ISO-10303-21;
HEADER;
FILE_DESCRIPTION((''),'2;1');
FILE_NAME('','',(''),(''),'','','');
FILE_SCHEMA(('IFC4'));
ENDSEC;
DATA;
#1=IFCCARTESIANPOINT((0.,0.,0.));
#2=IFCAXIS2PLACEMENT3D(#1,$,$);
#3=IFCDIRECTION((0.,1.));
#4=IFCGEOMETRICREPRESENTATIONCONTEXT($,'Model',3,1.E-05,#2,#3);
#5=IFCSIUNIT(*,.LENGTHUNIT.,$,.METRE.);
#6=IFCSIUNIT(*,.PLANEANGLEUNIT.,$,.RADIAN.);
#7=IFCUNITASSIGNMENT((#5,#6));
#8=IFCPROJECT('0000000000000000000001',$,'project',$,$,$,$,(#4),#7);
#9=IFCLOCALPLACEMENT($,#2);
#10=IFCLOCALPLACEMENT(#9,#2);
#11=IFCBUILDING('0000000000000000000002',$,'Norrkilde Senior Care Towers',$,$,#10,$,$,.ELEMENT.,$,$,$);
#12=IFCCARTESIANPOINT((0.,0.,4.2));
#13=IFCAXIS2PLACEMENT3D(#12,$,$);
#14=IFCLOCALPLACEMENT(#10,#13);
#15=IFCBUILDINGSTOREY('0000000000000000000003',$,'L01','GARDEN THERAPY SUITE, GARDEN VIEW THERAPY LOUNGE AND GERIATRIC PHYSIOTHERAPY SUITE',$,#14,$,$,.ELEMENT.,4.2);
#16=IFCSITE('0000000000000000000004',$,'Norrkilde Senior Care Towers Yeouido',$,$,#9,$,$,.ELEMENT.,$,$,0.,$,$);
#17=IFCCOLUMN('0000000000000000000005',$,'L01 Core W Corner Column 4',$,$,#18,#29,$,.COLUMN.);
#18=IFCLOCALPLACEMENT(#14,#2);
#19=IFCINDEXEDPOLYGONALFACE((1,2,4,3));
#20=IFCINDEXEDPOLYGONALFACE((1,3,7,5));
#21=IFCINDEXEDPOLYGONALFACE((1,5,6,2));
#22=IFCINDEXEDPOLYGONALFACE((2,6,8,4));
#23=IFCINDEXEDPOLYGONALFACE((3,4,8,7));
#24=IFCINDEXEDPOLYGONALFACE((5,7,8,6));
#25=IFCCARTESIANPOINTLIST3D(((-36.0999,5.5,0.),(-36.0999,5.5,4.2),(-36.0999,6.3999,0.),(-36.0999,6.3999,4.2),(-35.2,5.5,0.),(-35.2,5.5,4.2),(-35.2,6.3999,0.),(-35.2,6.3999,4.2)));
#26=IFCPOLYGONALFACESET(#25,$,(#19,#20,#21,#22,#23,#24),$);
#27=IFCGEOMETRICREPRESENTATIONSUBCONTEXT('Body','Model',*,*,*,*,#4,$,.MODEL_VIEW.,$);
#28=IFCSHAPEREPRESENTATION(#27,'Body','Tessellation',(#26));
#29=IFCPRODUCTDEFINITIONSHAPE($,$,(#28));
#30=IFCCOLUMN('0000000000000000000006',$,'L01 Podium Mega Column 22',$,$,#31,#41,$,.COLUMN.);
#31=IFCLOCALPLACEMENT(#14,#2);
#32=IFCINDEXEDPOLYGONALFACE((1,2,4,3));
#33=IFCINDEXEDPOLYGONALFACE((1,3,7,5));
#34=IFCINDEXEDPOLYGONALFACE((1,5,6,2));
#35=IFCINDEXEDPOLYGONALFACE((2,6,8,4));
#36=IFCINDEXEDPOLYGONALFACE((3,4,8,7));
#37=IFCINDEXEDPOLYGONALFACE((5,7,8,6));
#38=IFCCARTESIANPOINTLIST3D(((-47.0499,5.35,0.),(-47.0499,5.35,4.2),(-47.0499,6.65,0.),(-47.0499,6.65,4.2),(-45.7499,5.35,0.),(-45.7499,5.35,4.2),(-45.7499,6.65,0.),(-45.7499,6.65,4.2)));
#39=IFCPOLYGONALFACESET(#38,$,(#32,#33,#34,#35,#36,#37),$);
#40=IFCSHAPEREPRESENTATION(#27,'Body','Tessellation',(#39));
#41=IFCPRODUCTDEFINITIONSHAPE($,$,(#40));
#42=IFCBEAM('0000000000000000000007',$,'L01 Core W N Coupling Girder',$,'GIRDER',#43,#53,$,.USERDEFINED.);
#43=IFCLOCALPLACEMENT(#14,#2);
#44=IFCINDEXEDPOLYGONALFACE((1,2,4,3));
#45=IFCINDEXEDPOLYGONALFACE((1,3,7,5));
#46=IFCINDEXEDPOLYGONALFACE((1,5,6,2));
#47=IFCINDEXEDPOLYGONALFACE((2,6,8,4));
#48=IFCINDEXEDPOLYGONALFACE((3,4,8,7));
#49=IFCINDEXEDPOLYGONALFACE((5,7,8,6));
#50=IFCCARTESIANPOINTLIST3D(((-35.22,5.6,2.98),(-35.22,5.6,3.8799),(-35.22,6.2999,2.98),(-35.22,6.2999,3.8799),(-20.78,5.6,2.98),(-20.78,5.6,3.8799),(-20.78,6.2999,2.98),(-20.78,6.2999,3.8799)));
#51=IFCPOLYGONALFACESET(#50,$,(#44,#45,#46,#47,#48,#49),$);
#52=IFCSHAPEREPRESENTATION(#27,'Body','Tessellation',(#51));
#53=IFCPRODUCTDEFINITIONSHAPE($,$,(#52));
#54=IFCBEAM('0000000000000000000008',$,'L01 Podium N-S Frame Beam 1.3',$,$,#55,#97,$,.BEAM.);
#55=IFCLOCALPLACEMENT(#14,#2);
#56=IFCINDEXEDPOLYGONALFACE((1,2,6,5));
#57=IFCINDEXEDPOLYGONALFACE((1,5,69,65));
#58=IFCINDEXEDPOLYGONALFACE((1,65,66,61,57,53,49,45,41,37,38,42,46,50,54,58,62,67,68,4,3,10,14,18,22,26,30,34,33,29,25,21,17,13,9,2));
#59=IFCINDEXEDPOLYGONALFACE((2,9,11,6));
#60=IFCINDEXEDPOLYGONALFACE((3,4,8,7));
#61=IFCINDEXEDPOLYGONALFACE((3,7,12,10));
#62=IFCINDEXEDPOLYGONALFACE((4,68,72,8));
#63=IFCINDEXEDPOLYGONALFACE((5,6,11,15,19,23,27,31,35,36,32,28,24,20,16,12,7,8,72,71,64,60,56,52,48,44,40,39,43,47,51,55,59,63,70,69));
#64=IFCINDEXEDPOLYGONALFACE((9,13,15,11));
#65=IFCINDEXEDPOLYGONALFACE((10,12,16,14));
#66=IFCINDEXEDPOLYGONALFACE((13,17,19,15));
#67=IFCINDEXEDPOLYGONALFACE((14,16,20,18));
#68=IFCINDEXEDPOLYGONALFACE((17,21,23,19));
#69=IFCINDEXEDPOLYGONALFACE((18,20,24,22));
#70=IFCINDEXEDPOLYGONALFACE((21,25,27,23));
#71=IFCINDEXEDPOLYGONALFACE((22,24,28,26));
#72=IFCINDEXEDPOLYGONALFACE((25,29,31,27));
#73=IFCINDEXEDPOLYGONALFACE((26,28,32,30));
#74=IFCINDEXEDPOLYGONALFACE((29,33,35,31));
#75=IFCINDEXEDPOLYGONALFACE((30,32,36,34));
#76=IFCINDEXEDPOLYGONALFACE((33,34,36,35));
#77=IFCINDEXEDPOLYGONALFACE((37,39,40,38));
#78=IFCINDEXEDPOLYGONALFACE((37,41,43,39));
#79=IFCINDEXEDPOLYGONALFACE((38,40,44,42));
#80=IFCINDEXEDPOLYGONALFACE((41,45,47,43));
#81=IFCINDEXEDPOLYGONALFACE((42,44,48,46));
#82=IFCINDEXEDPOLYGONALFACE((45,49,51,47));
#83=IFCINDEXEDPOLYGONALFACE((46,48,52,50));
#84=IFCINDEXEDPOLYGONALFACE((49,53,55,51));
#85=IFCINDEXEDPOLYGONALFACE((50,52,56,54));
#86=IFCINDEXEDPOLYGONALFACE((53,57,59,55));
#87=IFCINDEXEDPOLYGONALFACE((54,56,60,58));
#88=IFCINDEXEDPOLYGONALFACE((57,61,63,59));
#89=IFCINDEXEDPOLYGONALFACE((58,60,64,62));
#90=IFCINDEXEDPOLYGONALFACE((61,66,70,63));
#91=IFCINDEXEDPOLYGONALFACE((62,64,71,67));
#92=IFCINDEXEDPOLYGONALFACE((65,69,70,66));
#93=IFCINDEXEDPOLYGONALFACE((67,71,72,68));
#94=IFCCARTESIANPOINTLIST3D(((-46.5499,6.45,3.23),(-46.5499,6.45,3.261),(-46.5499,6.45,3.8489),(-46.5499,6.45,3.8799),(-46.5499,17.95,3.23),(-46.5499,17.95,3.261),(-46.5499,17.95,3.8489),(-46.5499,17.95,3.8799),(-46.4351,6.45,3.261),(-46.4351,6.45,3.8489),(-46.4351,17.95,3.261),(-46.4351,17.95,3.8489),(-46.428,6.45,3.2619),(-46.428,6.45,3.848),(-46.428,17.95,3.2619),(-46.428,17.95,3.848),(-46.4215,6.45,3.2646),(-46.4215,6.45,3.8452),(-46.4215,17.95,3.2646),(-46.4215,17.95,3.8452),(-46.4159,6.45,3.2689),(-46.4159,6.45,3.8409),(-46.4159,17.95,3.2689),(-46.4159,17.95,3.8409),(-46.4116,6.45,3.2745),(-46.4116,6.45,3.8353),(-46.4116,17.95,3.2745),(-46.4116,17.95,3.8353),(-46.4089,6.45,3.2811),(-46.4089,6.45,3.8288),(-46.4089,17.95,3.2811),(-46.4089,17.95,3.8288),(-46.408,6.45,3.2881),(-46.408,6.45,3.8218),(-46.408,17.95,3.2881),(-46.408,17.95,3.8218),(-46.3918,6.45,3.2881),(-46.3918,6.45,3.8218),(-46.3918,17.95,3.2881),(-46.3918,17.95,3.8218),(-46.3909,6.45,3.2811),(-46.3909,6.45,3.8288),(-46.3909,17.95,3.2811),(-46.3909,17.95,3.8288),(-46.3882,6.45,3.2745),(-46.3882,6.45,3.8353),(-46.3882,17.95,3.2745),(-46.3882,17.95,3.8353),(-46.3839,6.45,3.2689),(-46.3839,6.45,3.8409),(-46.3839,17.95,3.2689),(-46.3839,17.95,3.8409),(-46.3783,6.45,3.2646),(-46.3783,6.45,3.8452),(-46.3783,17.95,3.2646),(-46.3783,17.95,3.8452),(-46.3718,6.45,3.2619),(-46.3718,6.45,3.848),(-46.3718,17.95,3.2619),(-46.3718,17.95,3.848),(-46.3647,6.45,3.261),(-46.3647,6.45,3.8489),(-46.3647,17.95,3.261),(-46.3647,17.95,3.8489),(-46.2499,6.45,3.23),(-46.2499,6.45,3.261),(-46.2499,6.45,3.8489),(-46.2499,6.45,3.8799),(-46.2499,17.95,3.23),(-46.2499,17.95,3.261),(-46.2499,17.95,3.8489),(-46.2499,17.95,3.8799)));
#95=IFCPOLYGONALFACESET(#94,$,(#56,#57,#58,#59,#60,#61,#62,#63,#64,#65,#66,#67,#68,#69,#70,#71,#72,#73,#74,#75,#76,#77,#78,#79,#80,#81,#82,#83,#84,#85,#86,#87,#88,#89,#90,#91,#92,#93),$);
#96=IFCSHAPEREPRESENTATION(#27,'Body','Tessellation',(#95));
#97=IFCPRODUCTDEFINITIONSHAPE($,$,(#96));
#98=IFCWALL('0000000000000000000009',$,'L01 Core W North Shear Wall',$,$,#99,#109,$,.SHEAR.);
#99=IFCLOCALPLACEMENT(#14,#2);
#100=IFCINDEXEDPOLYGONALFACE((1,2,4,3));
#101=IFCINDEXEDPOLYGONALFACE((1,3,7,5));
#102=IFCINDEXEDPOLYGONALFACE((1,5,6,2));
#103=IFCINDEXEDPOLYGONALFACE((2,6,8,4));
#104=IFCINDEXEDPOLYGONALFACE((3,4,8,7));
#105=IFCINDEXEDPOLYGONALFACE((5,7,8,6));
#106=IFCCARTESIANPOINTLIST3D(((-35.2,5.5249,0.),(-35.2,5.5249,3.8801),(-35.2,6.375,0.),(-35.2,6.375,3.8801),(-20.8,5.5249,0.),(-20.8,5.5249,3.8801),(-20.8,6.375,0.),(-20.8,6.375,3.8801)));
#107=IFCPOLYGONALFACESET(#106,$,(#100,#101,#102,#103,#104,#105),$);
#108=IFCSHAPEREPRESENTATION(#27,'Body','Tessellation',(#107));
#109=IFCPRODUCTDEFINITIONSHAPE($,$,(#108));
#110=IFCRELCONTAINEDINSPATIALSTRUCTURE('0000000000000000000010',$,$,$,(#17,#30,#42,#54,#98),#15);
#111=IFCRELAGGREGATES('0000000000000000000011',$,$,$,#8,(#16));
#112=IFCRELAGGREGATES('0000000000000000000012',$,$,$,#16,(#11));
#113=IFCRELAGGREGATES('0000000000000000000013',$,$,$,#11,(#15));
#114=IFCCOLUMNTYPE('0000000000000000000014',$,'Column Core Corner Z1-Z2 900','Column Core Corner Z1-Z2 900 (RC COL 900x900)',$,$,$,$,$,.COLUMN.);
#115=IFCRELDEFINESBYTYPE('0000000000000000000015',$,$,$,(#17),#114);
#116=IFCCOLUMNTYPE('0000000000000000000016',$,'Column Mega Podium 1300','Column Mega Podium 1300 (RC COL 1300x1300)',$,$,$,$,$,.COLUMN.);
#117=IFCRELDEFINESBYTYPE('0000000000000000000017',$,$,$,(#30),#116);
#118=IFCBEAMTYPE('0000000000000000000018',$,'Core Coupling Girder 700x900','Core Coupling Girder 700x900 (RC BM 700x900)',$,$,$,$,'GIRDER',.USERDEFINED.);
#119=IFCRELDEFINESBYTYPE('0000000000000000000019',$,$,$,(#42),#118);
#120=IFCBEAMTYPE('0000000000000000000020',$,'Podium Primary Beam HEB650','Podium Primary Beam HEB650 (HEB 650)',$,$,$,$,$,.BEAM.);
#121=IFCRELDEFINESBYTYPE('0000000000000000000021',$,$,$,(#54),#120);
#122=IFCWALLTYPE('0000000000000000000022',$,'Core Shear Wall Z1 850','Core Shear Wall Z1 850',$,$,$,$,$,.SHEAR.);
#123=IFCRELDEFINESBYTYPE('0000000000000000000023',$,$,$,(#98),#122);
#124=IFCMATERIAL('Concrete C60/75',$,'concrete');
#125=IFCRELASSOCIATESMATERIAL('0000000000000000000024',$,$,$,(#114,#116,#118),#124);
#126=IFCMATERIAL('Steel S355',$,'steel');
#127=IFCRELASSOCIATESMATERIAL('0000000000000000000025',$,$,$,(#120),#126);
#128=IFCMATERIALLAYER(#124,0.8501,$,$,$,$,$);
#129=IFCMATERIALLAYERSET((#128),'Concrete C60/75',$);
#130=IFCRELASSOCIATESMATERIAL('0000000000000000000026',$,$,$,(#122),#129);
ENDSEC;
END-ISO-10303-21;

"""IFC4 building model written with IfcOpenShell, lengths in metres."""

from ifc_helpers import new_model, si_unit, direction, frame, frame_2d, origin, origin_2d, place, context, subcontext, project, spatial, rectangle, i_section, extrude, source, transform, mapped, material, layer, layer_set, material_profile, profile_set, type_object, type_shapes, element, save


model = new_model("IFC4")

# Units and contexts
model_context = context("Model", 3, precision=1e-05, world=origin(), true_north=direction((0.0, 1.0)))
body_context = subcontext(model_context, "Body", "Model", "MODEL_VIEW")
ifc_project = project(units=[si_unit("LENGTHUNIT", "METRE"), si_unit("PLANEANGLEUNIT", "RADIAN")], contexts=[model_context])

# Site, building, storey
site_placement = place(None, origin())
site = spatial("IfcSite", under=ifc_project, at=site_placement, Name="Norrkilde Senior Care Towers Yeouido", CompositionType="ELEMENT", RefElevation=0.0)
building_placement = place(site_placement, origin())
building = spatial("IfcBuilding", under=site, at=building_placement, Name="Norrkilde Senior Care Towers", CompositionType="ELEMENT")
storey_placement = place(building_placement, frame((0.0, 0.0, 4.2)))
storey = spatial("IfcBuildingStorey", under=building, at=storey_placement, Name="L01", Description="GARDEN THERAPY SUITE, GARDEN VIEW THERAPY LOUNGE AND GERIATRIC PHYSIOTHERAPY SUITE", CompositionType="ELEMENT", Elevation=4.2)

# Columns
ifc_material_1 = material(Name="Concrete C60/75", Category="concrete")
ifc_material_profile_1 = material_profile(ifc_material_1, rectangle(XDim=0.8999, YDim=0.8999, at=origin_2d()), Name="RC COL 900x900")
ifc_profile_set_1 = profile_set([ifc_material_profile_1], Name="Concrete C60/75")
column_type_1 = type_object("IfcColumnType", Name="Column Core Corner Z1-Z2 900", Description="Column Core Corner Z1-Z2 900 (RC COL 900x900)", PredefinedType="COLUMN", material=ifc_profile_set_1)
shared_shape_1 = source(origin(), body_context, "Body", "SweptSolid", [
    extrude(rectangle(XDim=0.8999, YDim=0.8999, at=origin_2d()), origin(), (0.0, 0.0, 1.0), 4.2),
])
type_shapes(column_type_1, [shared_shape_1])
column_1_placement = place(storey_placement, frame((-35.6499, 5.95, 0.0), z_axis=(0.0, 0.0, 1.0), x_axis=(1.0, 0.0, 0.0)))
element("IfcColumn", 1, at=column_1_placement, inside=storey, type_object=column_type_1, Name="L01 Core W Corner Column 4", PredefinedType="COLUMN", context=body_context, shape_type="MappedRepresentation", body=[
    mapped(shared_shape_1, transform((0.0, 0.0, 0.0), x_axis=(1.0, 0.0, 0.0), y_axis=(0.0, 1.0, 0.0), z_axis=(0.0, 0.0, 1.0), scale=1.0)),
])
ifc_material_profile_2 = material_profile(ifc_material_1, rectangle(XDim=1.3, YDim=1.3, at=origin_2d()), Name="RC COL 1300x1300")
ifc_profile_set_2 = profile_set([ifc_material_profile_2], Name="Concrete C60/75")
column_type_2 = type_object("IfcColumnType", Name="Column Mega Podium 1300", Description="Column Mega Podium 1300 (RC COL 1300x1300)", PredefinedType="COLUMN", material=ifc_profile_set_2)
shared_shape_2 = source(origin(), body_context, "Body", "SweptSolid", [
    extrude(rectangle(XDim=1.3, YDim=1.3, at=origin_2d()), origin(), (0.0, 0.0, 1.0), 4.2),
])
type_shapes(column_type_2, [shared_shape_2])
column_2_placement = place(storey_placement, frame((-46.3999, 6.0, 0.0), z_axis=(0.0, 0.0, 1.0), x_axis=(1.0, 0.0, 0.0)))
element("IfcColumn", 2, at=column_2_placement, inside=storey, type_object=column_type_2, Name="L01 Podium Mega Column 22", PredefinedType="COLUMN", context=body_context, shape_type="MappedRepresentation", body=[
    mapped(shared_shape_2, transform((0.0, 0.0, 0.0), x_axis=(1.0, 0.0, 0.0), y_axis=(0.0, 1.0, 0.0), z_axis=(0.0, 0.0, 1.0), scale=1.0)),
])

# Beams
ifc_material_profile_3 = material_profile(ifc_material_1, rectangle(XDim=0.7, YDim=0.8999, at=origin_2d()), Name="RC BM 700x900")
ifc_profile_set_3 = profile_set([ifc_material_profile_3], Name="Concrete C60/75")
beam_type_1 = type_object("IfcBeamType", Name="Core Coupling Girder 700x900", Description="Core Coupling Girder 700x900 (RC BM 700x900)", ElementType="GIRDER", PredefinedType="USERDEFINED", material=ifc_profile_set_3)
shared_shape_3 = source(origin(), body_context, "Body", "SweptSolid", [
    extrude(rectangle(XDim=0.7, YDim=0.8999, at=origin_2d()), origin(), (0.0, 0.0, 1.0), 14.4399),
])
type_shapes(beam_type_1, [shared_shape_3])
beam_1_placement = place(storey_placement, frame((-35.22, 5.95, 3.4299), z_axis=(1.0, 0.0, 0.0), x_axis=(0.0, 1.0, 0.0)))
element("IfcBeam", 3, at=beam_1_placement, inside=storey, type_object=beam_type_1, Name="L01 Core W N Coupling Girder", ObjectType="GIRDER", PredefinedType="USERDEFINED", context=body_context, shape_type="MappedRepresentation", body=[
    mapped(shared_shape_3, transform((0.0, 0.0, 0.0), x_axis=(1.0, 0.0, 0.0), y_axis=(0.0, 1.0, 0.0), z_axis=(0.0, 0.0, 1.0), scale=1.0)),
])
ifc_material_2 = material(Name="Steel S355", Category="steel")
ifc_material_profile_4 = material_profile(ifc_material_2, i_section(OverallWidth=0.3, OverallDepth=0.6499, WebThickness=0.0161, FlangeThickness=0.031, FilletRadius=0.0271, at=origin_2d()), Name="HEB 650")
ifc_profile_set_4 = profile_set([ifc_material_profile_4], Name="Steel S355")
beam_type_2 = type_object("IfcBeamType", Name="Podium Primary Beam HEB650", Description="Podium Primary Beam HEB650 (HEB 650)", PredefinedType="BEAM", material=ifc_profile_set_4)
shared_shape_4 = source(origin(), body_context, "Body", "SweptSolid", [
    extrude(i_section(OverallWidth=0.3, OverallDepth=0.6499, WebThickness=0.0161, FlangeThickness=0.031, FilletRadius=0.0271, at=origin_2d()), origin(), (0.0, 0.0, 1.0), 11.5),
])
type_shapes(beam_type_2, [shared_shape_4])
beam_2_placement = place(storey_placement, frame((-46.3999, 6.45, 3.5549), z_axis=(0.0, 1.0, 0.0), x_axis=(-1.0, 0.0, 0.0)))
element("IfcBeam", 4, at=beam_2_placement, inside=storey, type_object=beam_type_2, Name="L01 Podium N-S Frame Beam 1.3", PredefinedType="BEAM", context=body_context, shape_type="MappedRepresentation", body=[
    mapped(shared_shape_4, transform((0.0, 0.0, 0.0), x_axis=(1.0, 0.0, 0.0), y_axis=(0.0, 1.0, 0.0), z_axis=(0.0, 0.0, 1.0), scale=1.0)),
])

# Wall
ifc_layer_1 = layer(ifc_material_1, 0.8501)
ifc_layer_set_1 = layer_set([ifc_layer_1], Name="Concrete C60/75")
wall_type_1 = type_object("IfcWallType", Name="Core Shear Wall Z1 850", Description="Core Shear Wall Z1 850", PredefinedType="SHEAR", material=ifc_layer_set_1)
shared_shape_5 = source(origin(), body_context, "Body", "SweptSolid", [
    extrude(rectangle(XDim=14.3999, YDim=0.8501, at=frame_2d((7.2, 0.0))), origin(), (0.0, 0.0, 1.0), 3.8801),
])
type_shapes(wall_type_1, [shared_shape_5])
wall_1_placement = place(storey_placement, frame((-35.2, 5.95, 0.0), z_axis=(0.0, 0.0, 1.0), x_axis=(1.0, 0.0, 0.0)))
element("IfcWall", 5, at=wall_1_placement, inside=storey, type_object=wall_type_1, Name="L01 Core W North Shear Wall", PredefinedType="SHEAR", context=body_context, shape_type="MappedRepresentation", body=[
    mapped(shared_shape_5, transform((0.0, 0.0, 0.0), x_axis=(1.0, 0.0, 0.0), y_axis=(0.0, 1.0, 0.0), z_axis=(0.0, 0.0, 1.0), scale=1.0)),
])

save(model, "model.ifc")
